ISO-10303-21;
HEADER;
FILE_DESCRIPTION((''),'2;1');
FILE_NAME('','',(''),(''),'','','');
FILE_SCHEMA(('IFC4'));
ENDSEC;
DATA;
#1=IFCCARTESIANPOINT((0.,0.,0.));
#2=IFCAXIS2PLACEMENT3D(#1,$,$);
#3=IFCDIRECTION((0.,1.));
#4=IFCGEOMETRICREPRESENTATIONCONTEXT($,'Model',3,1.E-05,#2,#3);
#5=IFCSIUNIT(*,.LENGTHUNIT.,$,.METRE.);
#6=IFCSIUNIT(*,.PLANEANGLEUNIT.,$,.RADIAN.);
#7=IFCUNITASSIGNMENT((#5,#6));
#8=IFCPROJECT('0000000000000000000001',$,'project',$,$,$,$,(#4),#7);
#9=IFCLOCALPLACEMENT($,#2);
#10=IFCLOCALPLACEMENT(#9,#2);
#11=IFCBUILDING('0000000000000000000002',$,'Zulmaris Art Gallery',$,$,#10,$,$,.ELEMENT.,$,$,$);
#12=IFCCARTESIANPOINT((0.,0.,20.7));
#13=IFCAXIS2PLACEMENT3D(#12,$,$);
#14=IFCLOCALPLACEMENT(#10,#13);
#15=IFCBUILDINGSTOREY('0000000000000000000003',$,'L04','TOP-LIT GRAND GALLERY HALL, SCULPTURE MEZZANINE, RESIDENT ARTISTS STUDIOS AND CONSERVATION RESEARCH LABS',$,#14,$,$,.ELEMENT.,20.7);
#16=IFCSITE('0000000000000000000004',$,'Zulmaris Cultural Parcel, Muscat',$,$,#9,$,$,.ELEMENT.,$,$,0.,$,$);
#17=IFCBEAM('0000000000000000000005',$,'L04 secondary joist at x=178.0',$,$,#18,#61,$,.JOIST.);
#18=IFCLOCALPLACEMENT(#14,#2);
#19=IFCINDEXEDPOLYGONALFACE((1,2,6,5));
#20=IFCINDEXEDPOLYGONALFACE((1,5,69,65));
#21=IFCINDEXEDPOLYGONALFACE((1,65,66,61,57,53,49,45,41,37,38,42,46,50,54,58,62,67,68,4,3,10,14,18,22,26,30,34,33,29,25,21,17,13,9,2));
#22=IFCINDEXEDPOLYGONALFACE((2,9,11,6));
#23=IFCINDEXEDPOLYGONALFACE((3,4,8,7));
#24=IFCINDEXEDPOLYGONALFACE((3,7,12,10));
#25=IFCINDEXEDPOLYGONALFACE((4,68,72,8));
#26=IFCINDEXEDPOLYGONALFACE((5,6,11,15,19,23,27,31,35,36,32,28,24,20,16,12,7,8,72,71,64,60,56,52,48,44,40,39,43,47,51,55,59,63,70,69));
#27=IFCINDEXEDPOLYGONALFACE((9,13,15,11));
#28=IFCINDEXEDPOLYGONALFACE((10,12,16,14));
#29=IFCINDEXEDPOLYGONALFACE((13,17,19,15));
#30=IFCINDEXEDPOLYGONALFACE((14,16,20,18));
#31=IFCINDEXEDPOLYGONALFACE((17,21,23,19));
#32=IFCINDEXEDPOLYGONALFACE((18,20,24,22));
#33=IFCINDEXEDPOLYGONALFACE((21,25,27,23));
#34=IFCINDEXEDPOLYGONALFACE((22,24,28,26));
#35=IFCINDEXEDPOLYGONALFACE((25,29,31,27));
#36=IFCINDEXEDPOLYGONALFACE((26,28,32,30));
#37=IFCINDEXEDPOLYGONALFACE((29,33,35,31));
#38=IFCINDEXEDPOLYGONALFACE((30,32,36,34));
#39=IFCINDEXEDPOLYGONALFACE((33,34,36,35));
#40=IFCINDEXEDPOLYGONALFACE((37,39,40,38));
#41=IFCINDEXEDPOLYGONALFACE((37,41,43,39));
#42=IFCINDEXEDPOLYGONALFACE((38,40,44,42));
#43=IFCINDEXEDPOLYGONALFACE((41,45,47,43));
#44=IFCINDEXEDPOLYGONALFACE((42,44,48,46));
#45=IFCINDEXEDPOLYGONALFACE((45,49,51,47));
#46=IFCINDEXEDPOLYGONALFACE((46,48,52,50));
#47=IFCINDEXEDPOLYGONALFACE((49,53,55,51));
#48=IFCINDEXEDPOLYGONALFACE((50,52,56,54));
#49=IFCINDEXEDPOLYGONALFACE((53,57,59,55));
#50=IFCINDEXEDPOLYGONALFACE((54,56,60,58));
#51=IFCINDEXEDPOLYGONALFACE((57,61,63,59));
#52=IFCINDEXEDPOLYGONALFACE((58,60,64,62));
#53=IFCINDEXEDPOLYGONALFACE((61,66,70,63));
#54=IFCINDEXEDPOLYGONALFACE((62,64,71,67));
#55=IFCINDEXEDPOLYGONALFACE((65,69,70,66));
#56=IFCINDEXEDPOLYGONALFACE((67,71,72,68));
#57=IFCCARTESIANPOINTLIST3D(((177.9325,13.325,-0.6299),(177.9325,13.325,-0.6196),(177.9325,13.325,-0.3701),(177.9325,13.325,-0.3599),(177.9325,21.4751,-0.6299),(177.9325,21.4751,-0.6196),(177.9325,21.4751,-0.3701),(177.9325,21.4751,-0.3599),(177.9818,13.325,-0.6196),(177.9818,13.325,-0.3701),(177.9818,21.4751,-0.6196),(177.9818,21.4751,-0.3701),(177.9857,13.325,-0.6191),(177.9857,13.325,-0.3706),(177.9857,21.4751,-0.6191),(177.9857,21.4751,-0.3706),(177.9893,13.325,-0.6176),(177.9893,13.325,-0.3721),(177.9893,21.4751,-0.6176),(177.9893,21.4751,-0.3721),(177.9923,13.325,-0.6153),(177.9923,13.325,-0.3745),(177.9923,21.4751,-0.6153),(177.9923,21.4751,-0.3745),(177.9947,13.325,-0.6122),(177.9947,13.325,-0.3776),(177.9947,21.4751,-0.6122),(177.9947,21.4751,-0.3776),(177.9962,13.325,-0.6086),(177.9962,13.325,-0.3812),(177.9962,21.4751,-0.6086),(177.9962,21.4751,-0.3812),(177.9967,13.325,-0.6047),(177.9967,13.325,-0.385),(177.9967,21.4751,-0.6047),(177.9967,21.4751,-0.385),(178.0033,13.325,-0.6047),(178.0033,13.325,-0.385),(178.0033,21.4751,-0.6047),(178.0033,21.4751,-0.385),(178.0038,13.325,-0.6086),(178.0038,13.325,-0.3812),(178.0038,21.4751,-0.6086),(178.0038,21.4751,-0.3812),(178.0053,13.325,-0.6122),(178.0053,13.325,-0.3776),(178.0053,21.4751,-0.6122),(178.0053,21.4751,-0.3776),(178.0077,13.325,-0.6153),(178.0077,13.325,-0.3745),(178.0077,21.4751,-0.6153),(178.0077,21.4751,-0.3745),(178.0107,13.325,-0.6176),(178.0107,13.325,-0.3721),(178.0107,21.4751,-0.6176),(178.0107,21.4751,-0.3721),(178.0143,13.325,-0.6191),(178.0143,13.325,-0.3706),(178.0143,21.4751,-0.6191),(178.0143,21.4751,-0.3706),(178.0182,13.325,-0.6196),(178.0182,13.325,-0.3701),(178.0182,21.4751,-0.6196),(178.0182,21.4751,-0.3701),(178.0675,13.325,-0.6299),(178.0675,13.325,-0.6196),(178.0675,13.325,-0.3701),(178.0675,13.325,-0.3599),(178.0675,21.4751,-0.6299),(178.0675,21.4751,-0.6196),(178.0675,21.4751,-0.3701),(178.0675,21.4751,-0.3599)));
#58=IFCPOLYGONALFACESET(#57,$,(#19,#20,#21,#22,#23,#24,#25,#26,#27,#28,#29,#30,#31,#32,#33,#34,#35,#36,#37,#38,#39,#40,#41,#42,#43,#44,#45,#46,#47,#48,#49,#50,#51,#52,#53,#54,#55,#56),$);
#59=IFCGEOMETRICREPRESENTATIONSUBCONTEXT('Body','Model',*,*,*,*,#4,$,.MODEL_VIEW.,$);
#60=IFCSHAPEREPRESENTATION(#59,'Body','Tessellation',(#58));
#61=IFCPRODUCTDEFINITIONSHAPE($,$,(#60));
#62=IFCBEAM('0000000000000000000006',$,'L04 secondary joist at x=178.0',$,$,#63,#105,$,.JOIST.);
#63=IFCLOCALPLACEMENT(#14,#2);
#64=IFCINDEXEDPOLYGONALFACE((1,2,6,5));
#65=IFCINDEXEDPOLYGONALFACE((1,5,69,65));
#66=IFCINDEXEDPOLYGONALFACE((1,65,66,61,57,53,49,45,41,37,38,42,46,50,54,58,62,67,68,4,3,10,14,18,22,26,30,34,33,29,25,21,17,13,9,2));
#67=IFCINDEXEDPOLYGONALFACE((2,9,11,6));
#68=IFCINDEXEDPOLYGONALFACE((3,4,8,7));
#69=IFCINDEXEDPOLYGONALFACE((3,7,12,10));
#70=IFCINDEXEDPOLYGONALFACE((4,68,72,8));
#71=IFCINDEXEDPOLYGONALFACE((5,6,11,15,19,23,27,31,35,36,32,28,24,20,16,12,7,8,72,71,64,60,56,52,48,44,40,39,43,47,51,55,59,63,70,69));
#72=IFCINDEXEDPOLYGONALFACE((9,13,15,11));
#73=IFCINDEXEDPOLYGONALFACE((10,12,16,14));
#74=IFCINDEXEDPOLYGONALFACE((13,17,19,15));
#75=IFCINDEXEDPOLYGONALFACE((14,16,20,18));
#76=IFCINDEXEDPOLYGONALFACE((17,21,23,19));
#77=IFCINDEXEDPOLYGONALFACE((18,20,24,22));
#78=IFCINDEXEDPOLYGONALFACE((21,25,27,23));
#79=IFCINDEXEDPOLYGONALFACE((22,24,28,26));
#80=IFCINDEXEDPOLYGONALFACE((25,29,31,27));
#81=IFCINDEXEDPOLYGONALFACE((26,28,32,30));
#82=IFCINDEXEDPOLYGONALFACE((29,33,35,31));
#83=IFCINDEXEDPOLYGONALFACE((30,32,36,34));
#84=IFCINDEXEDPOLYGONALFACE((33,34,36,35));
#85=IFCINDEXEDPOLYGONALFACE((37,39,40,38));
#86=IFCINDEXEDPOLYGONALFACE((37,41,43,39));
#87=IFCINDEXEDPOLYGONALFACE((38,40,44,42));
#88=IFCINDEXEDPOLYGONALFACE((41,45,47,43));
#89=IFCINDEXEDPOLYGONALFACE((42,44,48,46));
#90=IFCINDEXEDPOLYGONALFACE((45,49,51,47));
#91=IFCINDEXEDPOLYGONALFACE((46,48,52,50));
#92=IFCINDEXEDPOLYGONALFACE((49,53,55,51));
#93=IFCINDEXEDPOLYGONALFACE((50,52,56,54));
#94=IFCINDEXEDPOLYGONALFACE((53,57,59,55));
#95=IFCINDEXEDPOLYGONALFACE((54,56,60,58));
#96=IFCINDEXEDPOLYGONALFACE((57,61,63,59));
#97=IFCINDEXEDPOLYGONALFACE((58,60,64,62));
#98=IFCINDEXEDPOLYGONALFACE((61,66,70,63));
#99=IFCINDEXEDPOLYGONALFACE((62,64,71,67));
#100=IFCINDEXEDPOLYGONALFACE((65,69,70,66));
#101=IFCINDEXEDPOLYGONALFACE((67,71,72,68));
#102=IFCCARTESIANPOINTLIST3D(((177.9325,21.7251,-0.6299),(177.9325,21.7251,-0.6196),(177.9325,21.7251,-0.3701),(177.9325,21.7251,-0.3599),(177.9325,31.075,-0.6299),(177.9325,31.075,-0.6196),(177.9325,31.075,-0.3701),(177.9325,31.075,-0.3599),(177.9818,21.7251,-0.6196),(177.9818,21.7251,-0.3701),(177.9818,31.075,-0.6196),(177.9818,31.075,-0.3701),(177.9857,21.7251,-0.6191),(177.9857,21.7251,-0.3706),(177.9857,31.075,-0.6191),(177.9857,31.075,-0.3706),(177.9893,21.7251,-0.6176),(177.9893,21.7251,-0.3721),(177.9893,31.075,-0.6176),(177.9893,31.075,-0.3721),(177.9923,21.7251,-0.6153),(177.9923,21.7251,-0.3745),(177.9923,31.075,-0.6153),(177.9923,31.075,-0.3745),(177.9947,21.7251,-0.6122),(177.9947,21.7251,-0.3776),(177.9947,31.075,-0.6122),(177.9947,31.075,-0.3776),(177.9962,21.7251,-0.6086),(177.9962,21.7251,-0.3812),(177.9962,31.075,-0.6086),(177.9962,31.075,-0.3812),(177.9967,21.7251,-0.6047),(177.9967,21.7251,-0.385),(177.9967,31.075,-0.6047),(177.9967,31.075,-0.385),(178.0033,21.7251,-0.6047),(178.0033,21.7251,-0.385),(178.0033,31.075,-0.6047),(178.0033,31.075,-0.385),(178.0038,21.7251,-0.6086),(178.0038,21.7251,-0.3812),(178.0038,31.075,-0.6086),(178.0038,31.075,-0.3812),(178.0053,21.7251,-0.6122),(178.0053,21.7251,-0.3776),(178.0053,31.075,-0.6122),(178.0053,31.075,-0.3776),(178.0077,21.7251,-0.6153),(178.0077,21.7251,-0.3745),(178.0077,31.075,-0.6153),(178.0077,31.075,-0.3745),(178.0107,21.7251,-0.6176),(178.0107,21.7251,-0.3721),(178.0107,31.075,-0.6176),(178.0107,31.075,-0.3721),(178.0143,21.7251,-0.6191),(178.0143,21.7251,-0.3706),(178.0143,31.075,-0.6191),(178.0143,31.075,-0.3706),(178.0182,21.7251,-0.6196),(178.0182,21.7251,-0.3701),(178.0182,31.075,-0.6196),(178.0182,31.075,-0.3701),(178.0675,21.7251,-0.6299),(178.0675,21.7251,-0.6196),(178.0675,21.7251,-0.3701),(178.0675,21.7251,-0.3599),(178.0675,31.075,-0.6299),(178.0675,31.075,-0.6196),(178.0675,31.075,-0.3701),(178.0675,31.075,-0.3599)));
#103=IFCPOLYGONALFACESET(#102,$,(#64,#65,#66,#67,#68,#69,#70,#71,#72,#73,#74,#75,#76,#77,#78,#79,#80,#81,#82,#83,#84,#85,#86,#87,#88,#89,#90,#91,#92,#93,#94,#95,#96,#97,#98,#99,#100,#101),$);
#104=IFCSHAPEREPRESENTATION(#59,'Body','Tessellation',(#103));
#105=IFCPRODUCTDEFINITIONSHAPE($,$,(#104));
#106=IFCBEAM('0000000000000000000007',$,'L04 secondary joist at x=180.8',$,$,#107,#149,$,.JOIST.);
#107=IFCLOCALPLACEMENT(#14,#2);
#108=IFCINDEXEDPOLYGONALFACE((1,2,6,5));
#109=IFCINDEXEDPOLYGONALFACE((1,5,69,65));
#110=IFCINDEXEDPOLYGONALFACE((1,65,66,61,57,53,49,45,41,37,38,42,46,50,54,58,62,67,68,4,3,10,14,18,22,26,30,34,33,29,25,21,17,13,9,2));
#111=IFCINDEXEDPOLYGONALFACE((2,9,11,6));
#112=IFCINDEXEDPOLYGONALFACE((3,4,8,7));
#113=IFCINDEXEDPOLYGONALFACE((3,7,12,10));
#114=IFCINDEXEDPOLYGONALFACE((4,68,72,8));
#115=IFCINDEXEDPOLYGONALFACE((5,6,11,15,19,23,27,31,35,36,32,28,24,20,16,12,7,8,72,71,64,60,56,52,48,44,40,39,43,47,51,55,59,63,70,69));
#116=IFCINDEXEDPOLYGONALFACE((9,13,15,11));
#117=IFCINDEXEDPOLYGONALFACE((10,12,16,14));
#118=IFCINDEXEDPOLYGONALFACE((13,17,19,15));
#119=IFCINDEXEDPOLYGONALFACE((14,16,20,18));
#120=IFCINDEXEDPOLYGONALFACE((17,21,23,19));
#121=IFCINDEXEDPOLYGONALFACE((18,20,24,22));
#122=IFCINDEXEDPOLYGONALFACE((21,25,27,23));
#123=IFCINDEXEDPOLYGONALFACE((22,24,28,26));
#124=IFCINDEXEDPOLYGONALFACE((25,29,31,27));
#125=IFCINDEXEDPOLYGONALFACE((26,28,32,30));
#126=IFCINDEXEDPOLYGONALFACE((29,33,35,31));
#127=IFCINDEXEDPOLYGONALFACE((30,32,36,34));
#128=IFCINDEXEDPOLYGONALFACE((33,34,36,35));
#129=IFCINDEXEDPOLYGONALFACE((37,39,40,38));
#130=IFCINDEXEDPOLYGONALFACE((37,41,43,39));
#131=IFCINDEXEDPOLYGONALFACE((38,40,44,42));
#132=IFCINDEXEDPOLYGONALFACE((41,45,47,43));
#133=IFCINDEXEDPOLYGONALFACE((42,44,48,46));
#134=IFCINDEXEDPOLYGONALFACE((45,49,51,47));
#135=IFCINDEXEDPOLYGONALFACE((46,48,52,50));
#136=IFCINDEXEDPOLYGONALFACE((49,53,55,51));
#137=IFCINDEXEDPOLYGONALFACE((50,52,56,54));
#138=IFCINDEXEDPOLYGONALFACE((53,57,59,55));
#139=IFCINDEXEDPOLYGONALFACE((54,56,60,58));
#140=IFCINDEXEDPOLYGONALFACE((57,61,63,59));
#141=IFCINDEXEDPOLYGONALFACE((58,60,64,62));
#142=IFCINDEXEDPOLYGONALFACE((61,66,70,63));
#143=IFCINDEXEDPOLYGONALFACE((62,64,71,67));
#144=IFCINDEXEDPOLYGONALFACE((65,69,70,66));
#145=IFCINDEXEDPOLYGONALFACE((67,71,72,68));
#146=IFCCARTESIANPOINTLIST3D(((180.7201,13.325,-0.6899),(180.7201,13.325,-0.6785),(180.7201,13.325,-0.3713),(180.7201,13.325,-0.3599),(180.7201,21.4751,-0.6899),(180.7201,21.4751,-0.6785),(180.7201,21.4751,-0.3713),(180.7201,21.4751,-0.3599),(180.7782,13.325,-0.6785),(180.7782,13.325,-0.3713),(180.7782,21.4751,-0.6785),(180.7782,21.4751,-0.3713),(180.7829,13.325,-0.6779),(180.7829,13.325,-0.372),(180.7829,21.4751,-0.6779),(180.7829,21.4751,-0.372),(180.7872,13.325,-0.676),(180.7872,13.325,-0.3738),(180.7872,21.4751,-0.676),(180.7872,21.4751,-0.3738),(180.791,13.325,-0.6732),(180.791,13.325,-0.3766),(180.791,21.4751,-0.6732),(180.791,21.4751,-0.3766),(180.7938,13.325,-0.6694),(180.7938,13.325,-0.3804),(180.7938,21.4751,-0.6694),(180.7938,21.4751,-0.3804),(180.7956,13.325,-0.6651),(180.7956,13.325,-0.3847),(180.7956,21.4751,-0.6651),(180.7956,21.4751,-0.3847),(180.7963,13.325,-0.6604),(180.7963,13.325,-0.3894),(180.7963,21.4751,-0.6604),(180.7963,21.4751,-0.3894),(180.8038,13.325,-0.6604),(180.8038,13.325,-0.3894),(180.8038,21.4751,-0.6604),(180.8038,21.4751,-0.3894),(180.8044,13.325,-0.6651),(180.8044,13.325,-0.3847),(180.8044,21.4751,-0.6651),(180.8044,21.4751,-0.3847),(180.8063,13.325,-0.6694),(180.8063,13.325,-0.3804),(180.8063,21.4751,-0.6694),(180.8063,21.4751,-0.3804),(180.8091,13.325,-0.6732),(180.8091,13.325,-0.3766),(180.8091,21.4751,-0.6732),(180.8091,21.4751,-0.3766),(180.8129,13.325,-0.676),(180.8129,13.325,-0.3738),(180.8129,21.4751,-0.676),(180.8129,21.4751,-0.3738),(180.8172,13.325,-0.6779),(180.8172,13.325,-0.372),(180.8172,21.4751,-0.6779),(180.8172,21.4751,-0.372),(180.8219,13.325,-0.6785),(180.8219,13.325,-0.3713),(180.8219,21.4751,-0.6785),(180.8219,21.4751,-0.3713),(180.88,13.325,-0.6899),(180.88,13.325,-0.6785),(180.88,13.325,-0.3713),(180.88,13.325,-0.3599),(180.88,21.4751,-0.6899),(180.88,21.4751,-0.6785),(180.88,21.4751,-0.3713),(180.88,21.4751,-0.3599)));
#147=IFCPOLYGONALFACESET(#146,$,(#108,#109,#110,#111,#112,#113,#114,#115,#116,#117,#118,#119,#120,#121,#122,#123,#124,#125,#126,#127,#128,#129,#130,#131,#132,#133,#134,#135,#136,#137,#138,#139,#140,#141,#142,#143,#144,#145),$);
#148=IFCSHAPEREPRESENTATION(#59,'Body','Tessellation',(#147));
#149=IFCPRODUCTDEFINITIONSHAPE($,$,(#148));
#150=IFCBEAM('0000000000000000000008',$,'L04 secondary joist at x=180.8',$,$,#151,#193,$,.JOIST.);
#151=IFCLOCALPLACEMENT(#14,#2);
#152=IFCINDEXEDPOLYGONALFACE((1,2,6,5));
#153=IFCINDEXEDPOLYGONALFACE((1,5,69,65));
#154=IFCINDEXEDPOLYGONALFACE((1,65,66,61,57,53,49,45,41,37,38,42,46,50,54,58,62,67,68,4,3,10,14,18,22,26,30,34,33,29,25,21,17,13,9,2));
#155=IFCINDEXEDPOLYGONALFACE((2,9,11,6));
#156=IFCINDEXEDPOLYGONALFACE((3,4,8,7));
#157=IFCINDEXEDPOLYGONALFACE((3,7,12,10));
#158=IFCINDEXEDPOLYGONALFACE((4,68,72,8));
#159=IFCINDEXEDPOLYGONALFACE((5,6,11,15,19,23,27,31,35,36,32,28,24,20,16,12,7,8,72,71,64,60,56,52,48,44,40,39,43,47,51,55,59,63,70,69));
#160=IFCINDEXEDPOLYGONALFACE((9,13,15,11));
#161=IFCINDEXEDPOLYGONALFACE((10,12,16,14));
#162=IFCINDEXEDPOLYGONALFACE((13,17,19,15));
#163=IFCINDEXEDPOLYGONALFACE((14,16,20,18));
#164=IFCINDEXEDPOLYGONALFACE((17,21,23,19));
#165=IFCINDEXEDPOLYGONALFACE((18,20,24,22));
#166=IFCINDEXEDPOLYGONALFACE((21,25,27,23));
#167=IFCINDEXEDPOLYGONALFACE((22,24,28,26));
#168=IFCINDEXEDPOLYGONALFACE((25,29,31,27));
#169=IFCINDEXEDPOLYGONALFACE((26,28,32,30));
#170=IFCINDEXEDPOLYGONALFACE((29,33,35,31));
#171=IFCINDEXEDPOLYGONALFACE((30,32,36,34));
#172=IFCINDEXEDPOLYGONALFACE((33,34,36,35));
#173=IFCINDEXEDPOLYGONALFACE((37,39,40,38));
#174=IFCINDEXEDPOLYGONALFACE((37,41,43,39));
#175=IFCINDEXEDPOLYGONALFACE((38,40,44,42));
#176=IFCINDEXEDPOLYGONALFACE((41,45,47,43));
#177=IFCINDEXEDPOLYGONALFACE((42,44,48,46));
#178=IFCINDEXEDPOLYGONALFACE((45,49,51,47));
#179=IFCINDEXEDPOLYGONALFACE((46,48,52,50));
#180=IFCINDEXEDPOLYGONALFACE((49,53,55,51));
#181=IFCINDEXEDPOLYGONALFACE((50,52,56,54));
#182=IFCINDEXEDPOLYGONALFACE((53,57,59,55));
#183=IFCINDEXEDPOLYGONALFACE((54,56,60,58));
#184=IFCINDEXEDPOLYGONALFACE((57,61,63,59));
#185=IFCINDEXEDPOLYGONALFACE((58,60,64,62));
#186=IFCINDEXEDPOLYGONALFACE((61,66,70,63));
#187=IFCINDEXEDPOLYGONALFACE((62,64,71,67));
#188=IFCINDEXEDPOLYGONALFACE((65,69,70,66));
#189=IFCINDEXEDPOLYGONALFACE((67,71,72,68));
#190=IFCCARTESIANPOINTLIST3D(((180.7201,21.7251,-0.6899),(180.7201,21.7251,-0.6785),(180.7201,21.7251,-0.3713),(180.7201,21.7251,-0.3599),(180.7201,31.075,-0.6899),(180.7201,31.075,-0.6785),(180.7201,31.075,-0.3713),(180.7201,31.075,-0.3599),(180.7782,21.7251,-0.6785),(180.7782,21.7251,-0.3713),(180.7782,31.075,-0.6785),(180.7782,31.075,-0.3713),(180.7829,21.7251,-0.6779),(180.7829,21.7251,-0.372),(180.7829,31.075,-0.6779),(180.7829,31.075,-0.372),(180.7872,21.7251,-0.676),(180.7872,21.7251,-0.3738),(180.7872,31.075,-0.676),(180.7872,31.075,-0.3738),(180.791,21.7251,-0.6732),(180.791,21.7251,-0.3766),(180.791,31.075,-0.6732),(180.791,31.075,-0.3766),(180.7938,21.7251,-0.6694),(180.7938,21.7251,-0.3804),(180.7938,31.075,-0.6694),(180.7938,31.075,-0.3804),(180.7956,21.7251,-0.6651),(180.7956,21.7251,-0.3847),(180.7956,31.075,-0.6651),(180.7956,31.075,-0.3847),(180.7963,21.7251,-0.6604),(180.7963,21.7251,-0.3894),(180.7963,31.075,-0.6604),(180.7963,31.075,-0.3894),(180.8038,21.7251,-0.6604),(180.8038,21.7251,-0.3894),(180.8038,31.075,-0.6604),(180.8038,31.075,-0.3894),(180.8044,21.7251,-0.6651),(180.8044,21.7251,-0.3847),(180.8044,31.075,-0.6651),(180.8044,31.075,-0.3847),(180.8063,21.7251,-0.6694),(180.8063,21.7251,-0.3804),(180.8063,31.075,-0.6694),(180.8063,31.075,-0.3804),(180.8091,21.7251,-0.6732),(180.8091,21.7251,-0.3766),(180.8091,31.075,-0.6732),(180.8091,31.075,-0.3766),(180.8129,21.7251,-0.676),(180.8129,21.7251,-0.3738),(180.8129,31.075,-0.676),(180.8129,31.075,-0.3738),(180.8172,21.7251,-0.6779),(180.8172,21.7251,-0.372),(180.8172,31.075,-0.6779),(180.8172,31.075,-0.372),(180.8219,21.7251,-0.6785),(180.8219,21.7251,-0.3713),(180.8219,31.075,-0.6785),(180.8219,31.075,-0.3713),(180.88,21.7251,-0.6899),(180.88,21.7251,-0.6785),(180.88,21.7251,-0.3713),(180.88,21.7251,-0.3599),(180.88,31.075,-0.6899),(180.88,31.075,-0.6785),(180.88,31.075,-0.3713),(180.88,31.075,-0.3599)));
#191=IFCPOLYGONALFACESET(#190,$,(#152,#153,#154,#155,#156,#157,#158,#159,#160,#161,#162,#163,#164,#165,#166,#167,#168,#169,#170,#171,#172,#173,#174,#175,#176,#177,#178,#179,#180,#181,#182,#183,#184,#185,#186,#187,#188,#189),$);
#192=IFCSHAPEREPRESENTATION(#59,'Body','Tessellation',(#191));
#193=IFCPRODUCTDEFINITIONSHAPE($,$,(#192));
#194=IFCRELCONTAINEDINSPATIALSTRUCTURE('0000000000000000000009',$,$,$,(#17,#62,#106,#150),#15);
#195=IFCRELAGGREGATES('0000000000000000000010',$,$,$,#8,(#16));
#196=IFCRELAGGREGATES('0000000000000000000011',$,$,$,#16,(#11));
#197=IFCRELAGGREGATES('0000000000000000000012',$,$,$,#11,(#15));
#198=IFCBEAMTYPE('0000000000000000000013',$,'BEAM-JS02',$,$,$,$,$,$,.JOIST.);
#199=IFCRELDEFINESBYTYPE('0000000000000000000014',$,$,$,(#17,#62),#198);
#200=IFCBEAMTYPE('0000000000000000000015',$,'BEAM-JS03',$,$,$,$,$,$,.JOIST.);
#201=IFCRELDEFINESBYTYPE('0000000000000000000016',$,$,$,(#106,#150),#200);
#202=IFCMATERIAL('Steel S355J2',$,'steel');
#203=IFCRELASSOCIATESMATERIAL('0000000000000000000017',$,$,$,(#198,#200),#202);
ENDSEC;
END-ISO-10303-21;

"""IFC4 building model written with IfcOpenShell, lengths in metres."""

from ifc_helpers import new_model, si_unit, direction, frame, origin, origin_2d, place, context, subcontext, project, spatial, i_section, extrude, material, material_profile, profile_set, type_object, element, save


model = new_model("IFC4")

# Units and contexts
model_context = context("Model", 3, precision=1e-05, world=origin(), true_north=direction((0.0, 1.0)))
body_context = subcontext(model_context, "Body", "Model", "MODEL_VIEW")
ifc_project = project(units=[si_unit("LENGTHUNIT", "METRE"), si_unit("PLANEANGLEUNIT", "RADIAN")], contexts=[model_context])

# Site, building, storey
site_placement = place(None, origin())
site = spatial("IfcSite", under=ifc_project, at=site_placement, Name="Zulmaris Cultural Parcel, Muscat", CompositionType="ELEMENT", RefElevation=0.0)
building_placement = place(site_placement, origin())
building = spatial("IfcBuilding", under=site, at=building_placement, Name="Zulmaris Art Gallery", CompositionType="ELEMENT")
storey_placement = place(building_placement, frame((0.0, 0.0, 20.7)))
storey = spatial("IfcBuildingStorey", under=building, at=storey_placement, Name="L04", Description="TOP-LIT GRAND GALLERY HALL, SCULPTURE MEZZANINE, RESIDENT ARTISTS STUDIOS AND CONSERVATION RESEARCH LABS", CompositionType="ELEMENT", Elevation=20.7)

# Beams
ifc_material_1 = material(Name="Steel S355J2", Category="steel")
ifc_material_profile_1 = material_profile(ifc_material_1, i_section(OverallWidth=0.135, OverallDepth=0.27, WebThickness=0.0066, FlangeThickness=0.0103, FilletRadius=0.0149, at=origin_2d()), Name="IPE 270")
ifc_profile_set_1 = profile_set([ifc_material_profile_1], Name="Steel S355J2")
beam_type_1 = type_object("IfcBeamType", Name="BEAM-JS02", PredefinedType="JOIST", material=ifc_profile_set_1)
beam_1_placement = place(storey_placement, frame((178.0, 13.325, -0.4949), z_axis=(0.0, 1.0, 0.0), x_axis=(-1.0, 0.0, 0.0)))
element("IfcBeam", 1, at=beam_1_placement, inside=storey, type_object=beam_type_1, Name="L04 secondary joist at x=178.0", PredefinedType="JOIST", context=body_context, shape_type="SweptSolid", body=[
    extrude(i_section(OverallWidth=0.135, OverallDepth=0.27, WebThickness=0.0066, FlangeThickness=0.0103, FilletRadius=0.0149, at=origin_2d()), origin(), (0.0, 0.0, 1.0), 8.1501),
])
beam_2_placement = place(storey_placement, frame((178.0, 21.7251, -0.4949), z_axis=(0.0, 1.0, 0.0), x_axis=(-1.0, 0.0, 0.0)))
element("IfcBeam", 2, at=beam_2_placement, inside=storey, type_object=beam_type_1, Name="L04 secondary joist at x=178.0", PredefinedType="JOIST", context=body_context, shape_type="SweptSolid", body=[
    extrude(i_section(OverallWidth=0.135, OverallDepth=0.27, WebThickness=0.0066, FlangeThickness=0.0103, FilletRadius=0.0149, at=origin_2d()), origin(), (0.0, 0.0, 1.0), 9.3499),
])
ifc_material_profile_2 = material_profile(ifc_material_1, i_section(OverallWidth=0.1599, OverallDepth=0.3301, WebThickness=0.0076, FlangeThickness=0.0115, FilletRadius=0.0181, at=origin_2d()), Name="IPE 330")
ifc_profile_set_2 = profile_set([ifc_material_profile_2], Name="Steel S355J2")
beam_type_2 = type_object("IfcBeamType", Name="BEAM-JS03", PredefinedType="JOIST", material=ifc_profile_set_2)
beam_3_placement = place(storey_placement, frame((180.8, 13.325, -0.5249), z_axis=(0.0, 1.0, 0.0), x_axis=(-1.0, 0.0, 0.0)))
element("IfcBeam", 3, at=beam_3_placement, inside=storey, type_object=beam_type_2, Name="L04 secondary joist at x=180.8", PredefinedType="JOIST", context=body_context, shape_type="SweptSolid", body=[
    extrude(i_section(OverallWidth=0.1599, OverallDepth=0.3301, WebThickness=0.0076, FlangeThickness=0.0115, FilletRadius=0.0181, at=origin_2d()), origin(), (0.0, 0.0, 1.0), 8.1501),
])
beam_4_placement = place(storey_placement, frame((180.8, 21.7251, -0.5249), z_axis=(0.0, 1.0, 0.0), x_axis=(-1.0, 0.0, 0.0)))
element("IfcBeam", 4, at=beam_4_placement, inside=storey, type_object=beam_type_2, Name="L04 secondary joist at x=180.8", PredefinedType="JOIST", context=body_context, shape_type="SweptSolid", body=[
    extrude(i_section(OverallWidth=0.1599, OverallDepth=0.3301, WebThickness=0.0076, FlangeThickness=0.0115, FilletRadius=0.0181, at=origin_2d()), origin(), (0.0, 0.0, 1.0), 9.3499),
])

save(model, "model.ifc")
